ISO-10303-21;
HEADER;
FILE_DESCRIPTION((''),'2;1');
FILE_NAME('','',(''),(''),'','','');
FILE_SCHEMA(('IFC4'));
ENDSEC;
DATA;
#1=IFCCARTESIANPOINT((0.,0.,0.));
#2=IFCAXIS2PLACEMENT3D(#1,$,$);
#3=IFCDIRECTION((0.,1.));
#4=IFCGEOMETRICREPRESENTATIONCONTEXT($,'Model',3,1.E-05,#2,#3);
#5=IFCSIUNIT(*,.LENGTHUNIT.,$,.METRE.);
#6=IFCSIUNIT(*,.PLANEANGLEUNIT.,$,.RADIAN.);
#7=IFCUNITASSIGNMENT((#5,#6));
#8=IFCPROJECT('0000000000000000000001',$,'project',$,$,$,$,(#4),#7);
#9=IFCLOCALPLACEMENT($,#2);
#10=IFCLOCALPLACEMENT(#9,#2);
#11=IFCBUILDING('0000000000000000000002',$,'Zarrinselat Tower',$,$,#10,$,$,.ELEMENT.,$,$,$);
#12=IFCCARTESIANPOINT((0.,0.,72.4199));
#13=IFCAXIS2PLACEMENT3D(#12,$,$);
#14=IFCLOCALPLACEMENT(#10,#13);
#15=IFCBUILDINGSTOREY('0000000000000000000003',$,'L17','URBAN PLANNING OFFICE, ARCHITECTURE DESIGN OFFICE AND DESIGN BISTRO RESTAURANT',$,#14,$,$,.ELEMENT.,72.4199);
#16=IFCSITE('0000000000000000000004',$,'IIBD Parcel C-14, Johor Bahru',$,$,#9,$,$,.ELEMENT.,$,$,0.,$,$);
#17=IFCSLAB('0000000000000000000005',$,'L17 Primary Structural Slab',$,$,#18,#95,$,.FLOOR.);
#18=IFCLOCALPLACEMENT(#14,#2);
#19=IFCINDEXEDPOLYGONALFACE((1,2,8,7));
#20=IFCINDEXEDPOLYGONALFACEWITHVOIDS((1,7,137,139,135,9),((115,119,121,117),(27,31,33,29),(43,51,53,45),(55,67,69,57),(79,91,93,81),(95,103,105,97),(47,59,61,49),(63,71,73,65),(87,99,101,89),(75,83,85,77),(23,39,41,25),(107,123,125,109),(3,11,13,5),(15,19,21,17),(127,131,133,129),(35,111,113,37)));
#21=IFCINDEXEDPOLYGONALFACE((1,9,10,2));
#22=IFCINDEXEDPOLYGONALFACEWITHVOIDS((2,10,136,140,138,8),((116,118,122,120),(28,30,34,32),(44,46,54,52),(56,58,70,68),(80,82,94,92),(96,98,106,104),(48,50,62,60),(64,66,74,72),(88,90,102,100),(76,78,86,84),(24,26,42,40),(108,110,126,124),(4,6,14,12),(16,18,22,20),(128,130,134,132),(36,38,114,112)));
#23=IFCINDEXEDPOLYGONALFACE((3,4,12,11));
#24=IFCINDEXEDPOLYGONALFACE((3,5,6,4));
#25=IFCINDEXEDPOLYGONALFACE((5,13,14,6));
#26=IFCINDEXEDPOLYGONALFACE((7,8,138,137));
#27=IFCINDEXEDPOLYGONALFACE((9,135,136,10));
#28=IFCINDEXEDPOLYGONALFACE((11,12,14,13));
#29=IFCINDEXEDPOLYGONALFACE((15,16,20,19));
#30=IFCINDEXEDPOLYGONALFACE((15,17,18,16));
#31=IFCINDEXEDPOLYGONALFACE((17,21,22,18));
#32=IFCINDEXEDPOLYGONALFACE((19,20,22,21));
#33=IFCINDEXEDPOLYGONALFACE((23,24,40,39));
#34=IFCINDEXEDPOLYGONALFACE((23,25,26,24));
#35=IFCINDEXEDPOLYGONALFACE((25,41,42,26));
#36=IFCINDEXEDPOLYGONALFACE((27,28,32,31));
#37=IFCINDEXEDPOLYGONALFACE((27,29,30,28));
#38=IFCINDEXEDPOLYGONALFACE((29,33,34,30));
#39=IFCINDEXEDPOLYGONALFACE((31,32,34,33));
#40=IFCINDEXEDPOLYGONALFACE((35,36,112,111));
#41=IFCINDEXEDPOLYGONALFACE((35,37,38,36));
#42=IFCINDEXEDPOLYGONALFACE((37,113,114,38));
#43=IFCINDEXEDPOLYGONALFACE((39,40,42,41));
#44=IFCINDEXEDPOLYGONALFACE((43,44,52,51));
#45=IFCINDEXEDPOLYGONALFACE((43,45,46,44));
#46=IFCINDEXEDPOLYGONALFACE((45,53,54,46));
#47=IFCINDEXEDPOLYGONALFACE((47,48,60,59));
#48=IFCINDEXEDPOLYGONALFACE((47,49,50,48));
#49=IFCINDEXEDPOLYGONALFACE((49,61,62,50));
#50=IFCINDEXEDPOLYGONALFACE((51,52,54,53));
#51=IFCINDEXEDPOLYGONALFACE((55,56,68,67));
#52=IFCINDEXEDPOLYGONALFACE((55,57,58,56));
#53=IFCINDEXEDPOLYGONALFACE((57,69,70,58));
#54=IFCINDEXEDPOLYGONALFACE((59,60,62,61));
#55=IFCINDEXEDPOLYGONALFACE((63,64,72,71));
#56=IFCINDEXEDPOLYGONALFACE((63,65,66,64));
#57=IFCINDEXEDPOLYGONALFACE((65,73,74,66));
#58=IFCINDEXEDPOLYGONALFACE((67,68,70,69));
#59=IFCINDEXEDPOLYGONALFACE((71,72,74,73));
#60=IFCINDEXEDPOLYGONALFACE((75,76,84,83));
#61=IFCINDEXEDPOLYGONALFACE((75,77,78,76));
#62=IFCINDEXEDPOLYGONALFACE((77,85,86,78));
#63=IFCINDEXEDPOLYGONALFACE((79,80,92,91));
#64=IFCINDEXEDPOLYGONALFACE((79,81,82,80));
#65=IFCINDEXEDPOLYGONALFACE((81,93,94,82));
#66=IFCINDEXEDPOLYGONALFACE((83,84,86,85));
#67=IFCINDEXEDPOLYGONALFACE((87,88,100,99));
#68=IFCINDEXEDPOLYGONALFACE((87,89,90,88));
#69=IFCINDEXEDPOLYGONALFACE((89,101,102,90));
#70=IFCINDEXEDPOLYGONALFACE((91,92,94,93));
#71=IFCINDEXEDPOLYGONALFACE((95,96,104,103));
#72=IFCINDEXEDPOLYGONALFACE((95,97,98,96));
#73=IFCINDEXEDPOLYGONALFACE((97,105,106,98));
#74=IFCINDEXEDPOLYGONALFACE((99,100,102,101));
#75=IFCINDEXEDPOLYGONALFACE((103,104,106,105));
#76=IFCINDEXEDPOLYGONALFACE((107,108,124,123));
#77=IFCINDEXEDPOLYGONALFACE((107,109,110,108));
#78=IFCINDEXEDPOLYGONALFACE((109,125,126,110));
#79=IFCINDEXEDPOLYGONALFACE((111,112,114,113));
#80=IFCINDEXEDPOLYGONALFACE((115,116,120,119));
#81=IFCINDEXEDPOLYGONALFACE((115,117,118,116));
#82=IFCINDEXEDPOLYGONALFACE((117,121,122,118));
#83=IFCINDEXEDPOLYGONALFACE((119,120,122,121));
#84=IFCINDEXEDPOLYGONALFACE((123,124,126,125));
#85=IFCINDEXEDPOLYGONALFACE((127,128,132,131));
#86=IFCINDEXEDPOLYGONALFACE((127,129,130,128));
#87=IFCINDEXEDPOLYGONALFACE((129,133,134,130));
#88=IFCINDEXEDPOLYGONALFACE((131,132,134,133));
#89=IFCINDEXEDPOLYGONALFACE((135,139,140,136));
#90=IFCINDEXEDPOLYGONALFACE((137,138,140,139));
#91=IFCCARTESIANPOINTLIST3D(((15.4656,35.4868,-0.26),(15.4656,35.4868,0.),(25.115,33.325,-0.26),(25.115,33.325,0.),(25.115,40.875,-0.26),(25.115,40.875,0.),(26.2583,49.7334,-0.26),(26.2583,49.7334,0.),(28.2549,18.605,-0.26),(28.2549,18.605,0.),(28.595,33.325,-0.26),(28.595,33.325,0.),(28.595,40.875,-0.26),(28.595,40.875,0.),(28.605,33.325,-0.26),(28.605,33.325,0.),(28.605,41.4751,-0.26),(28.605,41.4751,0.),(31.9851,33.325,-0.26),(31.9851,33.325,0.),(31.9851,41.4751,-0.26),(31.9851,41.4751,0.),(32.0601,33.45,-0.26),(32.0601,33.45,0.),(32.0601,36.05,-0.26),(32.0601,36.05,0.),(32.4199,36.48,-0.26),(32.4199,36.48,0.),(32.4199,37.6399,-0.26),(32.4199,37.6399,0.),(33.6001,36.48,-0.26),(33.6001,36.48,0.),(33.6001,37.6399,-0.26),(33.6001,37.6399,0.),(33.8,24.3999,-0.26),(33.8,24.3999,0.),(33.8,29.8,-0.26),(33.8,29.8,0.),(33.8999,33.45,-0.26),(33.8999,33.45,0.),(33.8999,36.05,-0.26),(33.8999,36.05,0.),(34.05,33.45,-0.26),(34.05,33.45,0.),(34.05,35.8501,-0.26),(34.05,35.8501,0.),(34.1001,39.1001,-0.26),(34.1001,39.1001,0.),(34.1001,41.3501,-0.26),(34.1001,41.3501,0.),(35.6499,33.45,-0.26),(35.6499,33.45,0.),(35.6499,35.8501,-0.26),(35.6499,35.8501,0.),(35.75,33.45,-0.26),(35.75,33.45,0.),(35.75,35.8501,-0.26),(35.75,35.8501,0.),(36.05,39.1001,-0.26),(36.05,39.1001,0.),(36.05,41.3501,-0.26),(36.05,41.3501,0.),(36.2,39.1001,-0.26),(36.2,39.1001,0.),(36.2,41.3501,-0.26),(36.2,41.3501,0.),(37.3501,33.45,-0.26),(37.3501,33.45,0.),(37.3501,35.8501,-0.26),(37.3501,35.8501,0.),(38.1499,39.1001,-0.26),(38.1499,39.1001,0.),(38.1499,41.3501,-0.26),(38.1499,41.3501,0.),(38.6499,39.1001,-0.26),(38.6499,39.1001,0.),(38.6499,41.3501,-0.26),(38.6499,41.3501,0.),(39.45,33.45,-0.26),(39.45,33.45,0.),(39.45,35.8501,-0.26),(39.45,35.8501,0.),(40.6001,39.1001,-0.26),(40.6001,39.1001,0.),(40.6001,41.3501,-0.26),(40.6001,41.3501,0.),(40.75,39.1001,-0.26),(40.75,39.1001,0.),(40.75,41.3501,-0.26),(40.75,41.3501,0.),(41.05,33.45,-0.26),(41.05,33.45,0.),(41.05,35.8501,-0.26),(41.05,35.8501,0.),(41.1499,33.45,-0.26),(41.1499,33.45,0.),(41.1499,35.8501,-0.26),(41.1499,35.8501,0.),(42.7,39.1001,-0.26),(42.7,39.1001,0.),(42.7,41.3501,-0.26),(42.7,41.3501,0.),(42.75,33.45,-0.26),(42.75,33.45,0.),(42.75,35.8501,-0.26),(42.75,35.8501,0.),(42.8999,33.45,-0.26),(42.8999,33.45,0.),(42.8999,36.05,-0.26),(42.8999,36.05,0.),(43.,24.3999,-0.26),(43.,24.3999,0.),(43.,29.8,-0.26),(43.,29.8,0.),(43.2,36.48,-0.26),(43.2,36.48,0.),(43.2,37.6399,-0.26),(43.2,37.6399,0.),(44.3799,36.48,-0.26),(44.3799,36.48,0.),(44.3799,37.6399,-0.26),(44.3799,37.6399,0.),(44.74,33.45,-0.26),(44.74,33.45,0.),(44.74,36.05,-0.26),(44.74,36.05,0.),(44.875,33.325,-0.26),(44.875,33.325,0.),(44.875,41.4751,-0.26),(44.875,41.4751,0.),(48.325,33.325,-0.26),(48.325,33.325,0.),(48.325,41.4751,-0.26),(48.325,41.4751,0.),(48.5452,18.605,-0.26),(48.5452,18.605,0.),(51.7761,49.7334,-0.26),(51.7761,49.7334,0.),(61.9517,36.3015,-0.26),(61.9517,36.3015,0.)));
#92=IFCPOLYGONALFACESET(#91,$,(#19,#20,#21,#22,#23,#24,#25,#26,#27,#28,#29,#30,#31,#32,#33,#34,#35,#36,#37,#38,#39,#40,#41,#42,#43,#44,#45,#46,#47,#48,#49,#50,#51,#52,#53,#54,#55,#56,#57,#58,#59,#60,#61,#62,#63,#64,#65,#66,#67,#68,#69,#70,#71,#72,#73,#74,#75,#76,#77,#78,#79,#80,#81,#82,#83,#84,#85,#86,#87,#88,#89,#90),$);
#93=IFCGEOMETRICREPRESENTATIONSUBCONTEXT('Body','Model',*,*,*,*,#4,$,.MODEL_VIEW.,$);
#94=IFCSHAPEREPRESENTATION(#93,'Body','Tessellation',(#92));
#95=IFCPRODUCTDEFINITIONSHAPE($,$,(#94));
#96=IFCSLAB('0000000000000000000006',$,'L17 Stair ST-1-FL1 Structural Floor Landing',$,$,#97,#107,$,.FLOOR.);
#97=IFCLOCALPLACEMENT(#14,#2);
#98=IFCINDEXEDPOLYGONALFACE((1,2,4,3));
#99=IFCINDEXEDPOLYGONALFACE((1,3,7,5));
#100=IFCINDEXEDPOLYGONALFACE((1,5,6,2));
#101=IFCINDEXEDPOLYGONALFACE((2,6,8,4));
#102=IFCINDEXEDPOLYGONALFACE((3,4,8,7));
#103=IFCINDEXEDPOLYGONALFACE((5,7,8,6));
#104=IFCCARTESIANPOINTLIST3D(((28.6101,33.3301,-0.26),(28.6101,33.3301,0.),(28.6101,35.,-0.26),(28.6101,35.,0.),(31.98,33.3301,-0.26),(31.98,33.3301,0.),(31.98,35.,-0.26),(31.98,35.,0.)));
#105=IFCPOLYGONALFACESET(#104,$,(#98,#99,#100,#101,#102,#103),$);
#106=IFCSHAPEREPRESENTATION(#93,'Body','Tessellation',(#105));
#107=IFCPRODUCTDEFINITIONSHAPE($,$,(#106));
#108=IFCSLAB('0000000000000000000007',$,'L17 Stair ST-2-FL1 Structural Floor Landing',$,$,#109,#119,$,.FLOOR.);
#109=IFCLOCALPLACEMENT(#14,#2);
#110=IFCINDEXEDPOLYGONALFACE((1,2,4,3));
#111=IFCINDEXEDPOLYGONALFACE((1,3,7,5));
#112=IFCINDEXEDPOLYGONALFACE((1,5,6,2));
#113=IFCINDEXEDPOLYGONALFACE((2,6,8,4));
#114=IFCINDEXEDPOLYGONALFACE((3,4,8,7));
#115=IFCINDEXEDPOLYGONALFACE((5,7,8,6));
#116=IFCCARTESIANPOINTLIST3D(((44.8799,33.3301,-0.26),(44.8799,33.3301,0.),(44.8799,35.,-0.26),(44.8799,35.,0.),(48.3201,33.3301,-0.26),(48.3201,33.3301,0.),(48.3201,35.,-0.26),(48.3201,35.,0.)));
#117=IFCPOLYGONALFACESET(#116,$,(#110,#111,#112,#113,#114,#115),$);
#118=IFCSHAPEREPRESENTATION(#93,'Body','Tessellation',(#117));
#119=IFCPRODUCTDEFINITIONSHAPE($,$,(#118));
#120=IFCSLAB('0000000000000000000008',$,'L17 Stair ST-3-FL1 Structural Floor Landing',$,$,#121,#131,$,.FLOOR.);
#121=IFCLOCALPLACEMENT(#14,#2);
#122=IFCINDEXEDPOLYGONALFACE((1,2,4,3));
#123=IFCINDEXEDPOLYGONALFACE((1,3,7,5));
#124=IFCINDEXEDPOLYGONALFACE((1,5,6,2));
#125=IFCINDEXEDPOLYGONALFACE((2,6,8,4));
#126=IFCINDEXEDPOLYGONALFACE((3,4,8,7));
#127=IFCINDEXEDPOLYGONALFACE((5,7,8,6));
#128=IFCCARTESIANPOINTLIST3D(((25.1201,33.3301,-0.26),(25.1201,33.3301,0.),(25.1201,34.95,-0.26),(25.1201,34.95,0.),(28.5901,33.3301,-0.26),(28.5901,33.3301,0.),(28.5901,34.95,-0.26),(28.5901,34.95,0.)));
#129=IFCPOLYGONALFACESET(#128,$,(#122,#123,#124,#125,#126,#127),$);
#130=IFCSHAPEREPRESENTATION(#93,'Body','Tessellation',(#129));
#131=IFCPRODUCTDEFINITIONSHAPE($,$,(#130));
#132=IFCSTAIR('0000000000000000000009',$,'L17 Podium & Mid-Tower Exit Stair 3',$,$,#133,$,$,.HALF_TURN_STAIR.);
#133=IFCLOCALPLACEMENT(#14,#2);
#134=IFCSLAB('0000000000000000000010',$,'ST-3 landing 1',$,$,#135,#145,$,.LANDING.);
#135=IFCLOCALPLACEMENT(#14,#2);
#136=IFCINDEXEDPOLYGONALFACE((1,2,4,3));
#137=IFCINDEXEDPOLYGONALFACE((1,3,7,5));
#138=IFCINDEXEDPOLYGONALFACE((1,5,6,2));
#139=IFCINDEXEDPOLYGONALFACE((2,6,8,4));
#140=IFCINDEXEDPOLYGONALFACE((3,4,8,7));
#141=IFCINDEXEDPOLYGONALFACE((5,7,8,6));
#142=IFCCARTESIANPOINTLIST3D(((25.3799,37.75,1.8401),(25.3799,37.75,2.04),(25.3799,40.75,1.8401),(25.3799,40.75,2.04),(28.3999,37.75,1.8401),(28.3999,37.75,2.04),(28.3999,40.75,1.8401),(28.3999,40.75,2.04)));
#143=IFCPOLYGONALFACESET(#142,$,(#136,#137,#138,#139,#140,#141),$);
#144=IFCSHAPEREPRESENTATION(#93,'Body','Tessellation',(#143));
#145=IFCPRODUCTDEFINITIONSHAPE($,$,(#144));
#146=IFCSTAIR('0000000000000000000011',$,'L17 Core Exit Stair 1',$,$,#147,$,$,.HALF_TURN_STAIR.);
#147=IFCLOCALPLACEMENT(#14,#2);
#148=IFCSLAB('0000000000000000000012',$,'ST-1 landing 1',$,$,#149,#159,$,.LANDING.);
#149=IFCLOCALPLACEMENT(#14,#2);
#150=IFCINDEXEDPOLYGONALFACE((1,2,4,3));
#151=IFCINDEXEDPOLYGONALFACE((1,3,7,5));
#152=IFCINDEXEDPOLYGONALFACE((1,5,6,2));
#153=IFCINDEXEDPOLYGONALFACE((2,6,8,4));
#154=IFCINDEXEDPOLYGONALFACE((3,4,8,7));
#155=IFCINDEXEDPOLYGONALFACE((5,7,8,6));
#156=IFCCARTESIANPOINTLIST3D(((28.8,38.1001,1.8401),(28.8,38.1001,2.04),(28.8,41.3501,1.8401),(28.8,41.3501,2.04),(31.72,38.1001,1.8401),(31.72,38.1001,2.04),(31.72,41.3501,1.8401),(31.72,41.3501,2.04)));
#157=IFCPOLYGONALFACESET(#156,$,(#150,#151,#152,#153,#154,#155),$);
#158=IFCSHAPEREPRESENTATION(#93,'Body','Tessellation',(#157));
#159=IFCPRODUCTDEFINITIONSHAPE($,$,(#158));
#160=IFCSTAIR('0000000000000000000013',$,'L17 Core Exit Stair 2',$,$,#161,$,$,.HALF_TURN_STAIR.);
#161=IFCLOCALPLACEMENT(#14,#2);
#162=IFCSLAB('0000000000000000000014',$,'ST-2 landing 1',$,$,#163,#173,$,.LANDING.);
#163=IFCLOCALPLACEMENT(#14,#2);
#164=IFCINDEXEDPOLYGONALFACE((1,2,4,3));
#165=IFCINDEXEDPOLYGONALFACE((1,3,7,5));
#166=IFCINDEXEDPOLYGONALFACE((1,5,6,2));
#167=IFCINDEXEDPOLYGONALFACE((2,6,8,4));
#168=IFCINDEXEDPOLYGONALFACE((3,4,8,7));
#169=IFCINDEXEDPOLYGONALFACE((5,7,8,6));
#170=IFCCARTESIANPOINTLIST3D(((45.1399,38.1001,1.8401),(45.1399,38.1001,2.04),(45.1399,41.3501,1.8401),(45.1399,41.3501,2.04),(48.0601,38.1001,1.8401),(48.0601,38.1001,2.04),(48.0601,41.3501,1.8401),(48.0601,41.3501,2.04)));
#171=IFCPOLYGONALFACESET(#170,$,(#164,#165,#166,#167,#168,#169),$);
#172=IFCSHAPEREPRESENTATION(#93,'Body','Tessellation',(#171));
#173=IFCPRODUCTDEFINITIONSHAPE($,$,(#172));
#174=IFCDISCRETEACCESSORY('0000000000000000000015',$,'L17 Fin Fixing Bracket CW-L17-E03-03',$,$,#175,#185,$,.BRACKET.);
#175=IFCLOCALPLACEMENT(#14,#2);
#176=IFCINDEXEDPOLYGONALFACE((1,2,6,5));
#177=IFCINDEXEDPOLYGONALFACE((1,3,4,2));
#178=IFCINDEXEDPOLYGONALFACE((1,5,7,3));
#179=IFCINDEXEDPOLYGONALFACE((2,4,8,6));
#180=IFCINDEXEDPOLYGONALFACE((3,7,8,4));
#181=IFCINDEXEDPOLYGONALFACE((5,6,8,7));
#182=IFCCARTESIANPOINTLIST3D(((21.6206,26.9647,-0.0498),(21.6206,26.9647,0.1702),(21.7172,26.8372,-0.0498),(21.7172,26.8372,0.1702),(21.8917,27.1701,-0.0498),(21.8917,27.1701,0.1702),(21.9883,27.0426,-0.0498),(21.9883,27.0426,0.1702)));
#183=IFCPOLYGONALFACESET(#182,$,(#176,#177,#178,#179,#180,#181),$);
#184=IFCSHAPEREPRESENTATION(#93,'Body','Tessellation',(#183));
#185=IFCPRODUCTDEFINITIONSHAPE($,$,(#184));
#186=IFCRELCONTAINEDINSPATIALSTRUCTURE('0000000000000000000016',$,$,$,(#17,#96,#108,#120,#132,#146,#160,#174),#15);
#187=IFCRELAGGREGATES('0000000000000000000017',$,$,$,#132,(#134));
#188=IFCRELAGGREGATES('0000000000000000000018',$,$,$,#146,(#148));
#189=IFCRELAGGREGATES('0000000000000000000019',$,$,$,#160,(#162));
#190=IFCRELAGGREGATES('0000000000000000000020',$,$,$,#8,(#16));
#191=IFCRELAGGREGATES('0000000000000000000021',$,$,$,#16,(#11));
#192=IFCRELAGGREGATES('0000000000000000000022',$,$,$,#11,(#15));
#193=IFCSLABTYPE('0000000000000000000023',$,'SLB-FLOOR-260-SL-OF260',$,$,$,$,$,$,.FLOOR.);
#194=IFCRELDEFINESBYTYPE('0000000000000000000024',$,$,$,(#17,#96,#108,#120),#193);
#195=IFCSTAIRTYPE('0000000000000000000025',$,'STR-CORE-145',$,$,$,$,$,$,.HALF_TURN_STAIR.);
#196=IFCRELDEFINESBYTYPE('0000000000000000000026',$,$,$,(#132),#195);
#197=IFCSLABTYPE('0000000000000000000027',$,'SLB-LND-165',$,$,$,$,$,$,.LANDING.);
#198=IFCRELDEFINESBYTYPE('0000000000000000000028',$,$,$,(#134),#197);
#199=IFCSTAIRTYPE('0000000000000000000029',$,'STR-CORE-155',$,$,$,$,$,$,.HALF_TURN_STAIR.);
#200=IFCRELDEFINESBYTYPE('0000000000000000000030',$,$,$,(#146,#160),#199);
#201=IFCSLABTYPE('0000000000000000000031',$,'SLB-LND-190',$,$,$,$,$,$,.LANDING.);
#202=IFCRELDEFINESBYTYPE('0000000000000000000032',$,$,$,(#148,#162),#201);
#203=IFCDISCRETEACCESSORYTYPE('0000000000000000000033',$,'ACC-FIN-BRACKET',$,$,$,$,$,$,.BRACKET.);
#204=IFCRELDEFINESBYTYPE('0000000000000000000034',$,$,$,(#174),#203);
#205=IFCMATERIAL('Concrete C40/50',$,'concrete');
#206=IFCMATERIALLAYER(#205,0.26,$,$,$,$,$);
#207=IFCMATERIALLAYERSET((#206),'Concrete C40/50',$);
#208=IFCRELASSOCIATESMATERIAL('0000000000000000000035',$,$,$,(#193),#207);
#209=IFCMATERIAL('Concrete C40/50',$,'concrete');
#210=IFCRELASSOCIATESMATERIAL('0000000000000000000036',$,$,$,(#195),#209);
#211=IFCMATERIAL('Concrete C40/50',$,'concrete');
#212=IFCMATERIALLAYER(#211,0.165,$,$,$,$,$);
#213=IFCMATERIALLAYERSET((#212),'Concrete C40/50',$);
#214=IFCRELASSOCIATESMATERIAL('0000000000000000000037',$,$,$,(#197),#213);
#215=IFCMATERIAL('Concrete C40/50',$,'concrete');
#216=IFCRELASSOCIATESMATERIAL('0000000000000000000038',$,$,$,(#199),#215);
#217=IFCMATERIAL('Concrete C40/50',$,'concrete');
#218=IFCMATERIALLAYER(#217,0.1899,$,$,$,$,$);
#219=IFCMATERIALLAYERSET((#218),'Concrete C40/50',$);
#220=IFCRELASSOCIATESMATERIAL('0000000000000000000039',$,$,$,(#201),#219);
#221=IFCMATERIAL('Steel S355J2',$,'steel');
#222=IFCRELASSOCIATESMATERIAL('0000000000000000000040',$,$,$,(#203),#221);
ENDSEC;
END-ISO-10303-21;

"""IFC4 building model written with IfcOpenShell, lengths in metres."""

from ifc_helpers import new_model, si_unit, direction, frame, origin, origin_2d, place, context, subcontext, project, spatial, polyline, rectangle, outline, extrude, material, layer, layer_set, type_object, element, aggregate, save


model = new_model("IFC4")

# Units and contexts
model_context = context("Model", 3, precision=1e-05, world=origin(), true_north=direction((0.0, 1.0)))
body_context = subcontext(model_context, "Body", "Model", "MODEL_VIEW")
ifc_project = project(units=[si_unit("LENGTHUNIT", "METRE"), si_unit("PLANEANGLEUNIT", "RADIAN")], contexts=[model_context])

# Site, building, storey
site_placement = place(None, origin())
site = spatial("IfcSite", under=ifc_project, at=site_placement, Name="IIBD Parcel C-14, Johor Bahru", CompositionType="ELEMENT", RefElevation=0.0)
building_placement = place(site_placement, origin())
building = spatial("IfcBuilding", under=site, at=building_placement, Name="Zarrinselat Tower", CompositionType="ELEMENT")
storey_placement = place(building_placement, frame((0.0, 0.0, 72.4199)))
storey = spatial("IfcBuildingStorey", under=building, at=storey_placement, Name="L17", Description="URBAN PLANNING OFFICE, ARCHITECTURE DESIGN OFFICE AND DESIGN BISTRO RESTAURANT", CompositionType="ELEMENT", Elevation=72.4199)

# Slabs
ifc_material_1 = material(Name="Concrete C40/50", Category="concrete")
ifc_layer_1 = layer(ifc_material_1, 0.26)
ifc_layer_set_1 = layer_set([ifc_layer_1], Name="Concrete C40/50")
slab_type_1 = type_object("IfcSlabType", Name="SLB-FLOOR-260-SL-OF260", PredefinedType="FLOOR", material=ifc_layer_set_1)
slab_1_placement = place(storey_placement, frame((0.0, 0.0, -0.26)))
element("IfcSlab", 1, at=slab_1_placement, inside=storey, type_object=slab_type_1, Name="L17 Primary Structural Slab", PredefinedType="FLOOR", context=body_context, shape_type="SweptSolid", body=[
    extrude(outline(polyline([(51.7761, 49.7334), (26.2583, 49.7334), (15.4656, 35.4868), (28.2549, 18.605), (48.5452, 18.605), (61.9517, 36.3015), (51.7761, 49.7334)]), holes=[polyline([(34.05, 33.45), (34.05, 35.8501), (35.6499, 35.8501), (35.6499, 33.45), (34.05, 33.45)]), polyline([(35.75, 33.45), (35.75, 35.8501), (37.3501, 35.8501), (37.3501, 33.45), (35.75, 33.45)]), polyline([(32.0601, 33.45), (32.0601, 36.05), (33.8999, 36.05), (33.8999, 33.45), (32.0601, 33.45)]), polyline([(32.4199, 36.48), (32.4199, 37.6399), (33.6001, 37.6399), (33.6001, 36.48), (32.4199, 36.48)]), polyline([(28.595, 33.325), (25.115, 33.325), (25.115, 40.875), (28.595, 40.875), (28.595, 33.325)]), polyline([(31.9851, 33.325), (28.605, 33.325), (28.605, 41.4751), (31.9851, 41.4751), (31.9851, 33.325)]), polyline([(34.1001, 39.1001), (34.1001, 41.3501), (36.05, 41.3501), (36.05, 39.1001), (34.1001, 39.1001)]), polyline([(36.2, 39.1001), (36.2, 41.3501), (38.1499, 41.3501), (38.1499, 39.1001), (36.2, 39.1001)]), polyline([(33.8, 24.3999), (33.8, 29.8), (43.0, 29.8), (43.0, 24.3999), (33.8, 24.3999)]), polyline([(39.45, 33.45), (39.45, 35.8501), (41.05, 35.8501), (41.05, 33.45), (39.45, 33.45)]), polyline([(41.1499, 33.45), (41.1499, 35.8501), (42.75, 35.8501), (42.75, 33.45), (41.1499, 33.45)]), polyline([(42.8999, 33.45), (42.8999, 36.05), (44.74, 36.05), (44.74, 33.45), (42.8999, 33.45)]), polyline([(43.2, 36.48), (43.2, 37.6399), (44.3799, 37.6399), (44.3799, 36.48), (43.2, 36.48)]), polyline([(48.325, 33.325), (44.875, 33.325), (44.875, 41.4751), (48.325, 41.4751), (48.325, 33.325)]), polyline([(38.6499, 39.1001), (38.6499, 41.3501), (40.6001, 41.3501), (40.6001, 39.1001), (38.6499, 39.1001)]), polyline([(40.75, 39.1001), (40.75, 41.3501), (42.7, 41.3501), (42.7, 39.1001), (40.75, 39.1001)])]), origin(), (0.0, 0.0, 1.0), 0.26),
])
slab_2_placement = place(storey_placement, frame((0.0, 0.0, -0.26)))
element("IfcSlab", 2, at=slab_2_placement, inside=storey, type_object=slab_type_1, Name="L17 Stair ST-1-FL1 Structural Floor Landing", PredefinedType="FLOOR", context=body_context, shape_type="SweptSolid", body=[
    extrude(outline(polyline([(31.98, 33.3301), (31.98, 35.0), (28.6101, 35.0), (28.6101, 33.3301), (31.98, 33.3301)])), origin(), (0.0, 0.0, 1.0), 0.26),
])
slab_3_placement = place(storey_placement, frame((0.0, 0.0, -0.26)))
element("IfcSlab", 3, at=slab_3_placement, inside=storey, type_object=slab_type_1, Name="L17 Stair ST-2-FL1 Structural Floor Landing", PredefinedType="FLOOR", context=body_context, shape_type="SweptSolid", body=[
    extrude(outline(polyline([(48.3201, 33.3301), (48.3201, 35.0), (44.8799, 35.0), (44.8799, 33.3301), (48.3201, 33.3301)])), origin(), (0.0, 0.0, 1.0), 0.26),
])
slab_4_placement = place(storey_placement, frame((0.0, 0.0, -0.26)))
element("IfcSlab", 4, at=slab_4_placement, inside=storey, type_object=slab_type_1, Name="L17 Stair ST-3-FL1 Structural Floor Landing", PredefinedType="FLOOR", context=body_context, shape_type="SweptSolid", body=[
    extrude(outline(polyline([(28.5901, 33.3301), (28.5901, 34.95), (25.1201, 34.95), (25.1201, 33.3301), (28.5901, 33.3301)])), origin(), (0.0, 0.0, 1.0), 0.26),
])

# Stairs, slabs
ifc_material_2 = material(Name="Concrete C40/50", Category="concrete")
stair_type_1 = type_object("IfcStairType", Name="STR-CORE-145", PredefinedType="HALF_TURN_STAIR", material=ifc_material_2)
stair_1_placement = place(storey_placement, origin())
stair_1 = element("IfcStair", 5, at=stair_1_placement, inside=storey, type_object=stair_type_1, Name="L17 Podium & Mid-Tower Exit Stair 3", PredefinedType="HALF_TURN_STAIR")
ifc_material_3 = material(Name="Concrete C40/50", Category="concrete")
ifc_layer_2 = layer(ifc_material_3, 0.165)
ifc_layer_set_2 = layer_set([ifc_layer_2], Name="Concrete C40/50")
slab_type_2 = type_object("IfcSlabType", Name="SLB-LND-165", PredefinedType="LANDING", material=ifc_layer_set_2)
slab_5_placement = place(storey_placement, frame((0.0, 0.0, 1.8401)))
slab_5 = element("IfcSlab", 6, at=slab_5_placement, type_object=slab_type_2, Name="ST-3 landing 1", PredefinedType="LANDING", context=body_context, shape_type="SweptSolid", body=[
    extrude(outline(polyline([(28.3999, 37.75), (28.3999, 40.75), (25.3799, 40.75), (25.3799, 37.75), (28.3999, 37.75)])), origin(), (0.0, 0.0, 1.0), 0.2),
])
aggregate(stair_1, [slab_5])
ifc_material_4 = material(Name="Concrete C40/50", Category="concrete")
stair_type_2 = type_object("IfcStairType", Name="STR-CORE-155", PredefinedType="HALF_TURN_STAIR", material=ifc_material_4)
stair_2_placement = place(storey_placement, origin())
stair_2 = element("IfcStair", 7, at=stair_2_placement, inside=storey, type_object=stair_type_2, Name="L17 Core Exit Stair 1", PredefinedType="HALF_TURN_STAIR")
ifc_material_5 = material(Name="Concrete C40/50", Category="concrete")
ifc_layer_3 = layer(ifc_material_5, 0.1899)
ifc_layer_set_3 = layer_set([ifc_layer_3], Name="Concrete C40/50")
slab_type_3 = type_object("IfcSlabType", Name="SLB-LND-190", PredefinedType="LANDING", material=ifc_layer_set_3)
slab_6_placement = place(storey_placement, frame((0.0, 0.0, 1.8401)))
slab_6 = element("IfcSlab", 8, at=slab_6_placement, type_object=slab_type_3, Name="ST-1 landing 1", PredefinedType="LANDING", context=body_context, shape_type="SweptSolid", body=[
    extrude(outline(polyline([(31.72, 38.1001), (31.72, 41.3501), (28.8, 41.3501), (28.8, 38.1001), (31.72, 38.1001)])), origin(), (0.0, 0.0, 1.0), 0.2),
])
aggregate(stair_2, [slab_6])
stair_3_placement = place(storey_placement, origin())
stair_3 = element("IfcStair", 9, at=stair_3_placement, inside=storey, type_object=stair_type_2, Name="L17 Core Exit Stair 2", PredefinedType="HALF_TURN_STAIR")
slab_7_placement = place(storey_placement, frame((0.0, 0.0, 1.8401)))
slab_7 = element("IfcSlab", 10, at=slab_7_placement, type_object=slab_type_3, Name="ST-2 landing 1", PredefinedType="LANDING", context=body_context, shape_type="SweptSolid", body=[
    extrude(outline(polyline([(48.0601, 38.1001), (48.0601, 41.3501), (45.1399, 41.3501), (45.1399, 38.1001), (48.0601, 38.1001)])), origin(), (0.0, 0.0, 1.0), 0.2),
])
aggregate(stair_3, [slab_7])

# Discrete accessory
ifc_material_6 = material(Name="Steel S355J2", Category="steel")
discrete_accessory_type = type_object("IfcDiscreteAccessoryType", Name="ACC-FIN-BRACKET", PredefinedType="BRACKET", material=ifc_material_6)
for number, where, z_axis, x_axis, name in (
    (11, (21.8044, 27.0037, -0.0498), (0.0, 0.0, 1.0), (-0.797094, -0.603855, 0.0), "L17 Fin Fixing Bracket CW-L17-E03-03"),
):
    element("IfcDiscreteAccessory", number, at=place(storey_placement, frame(where, z_axis=z_axis, x_axis=x_axis)), inside=storey, type_object=discrete_accessory_type, Name=name, PredefinedType="BRACKET", context=body_context, shape_type="SweptSolid", body=[
        extrude(rectangle(XDim=0.3401, YDim=0.1599, at=origin_2d()), origin(), (0.0, 0.0, 1.0), 0.22),
    ])

save(model, "model.ifc")
